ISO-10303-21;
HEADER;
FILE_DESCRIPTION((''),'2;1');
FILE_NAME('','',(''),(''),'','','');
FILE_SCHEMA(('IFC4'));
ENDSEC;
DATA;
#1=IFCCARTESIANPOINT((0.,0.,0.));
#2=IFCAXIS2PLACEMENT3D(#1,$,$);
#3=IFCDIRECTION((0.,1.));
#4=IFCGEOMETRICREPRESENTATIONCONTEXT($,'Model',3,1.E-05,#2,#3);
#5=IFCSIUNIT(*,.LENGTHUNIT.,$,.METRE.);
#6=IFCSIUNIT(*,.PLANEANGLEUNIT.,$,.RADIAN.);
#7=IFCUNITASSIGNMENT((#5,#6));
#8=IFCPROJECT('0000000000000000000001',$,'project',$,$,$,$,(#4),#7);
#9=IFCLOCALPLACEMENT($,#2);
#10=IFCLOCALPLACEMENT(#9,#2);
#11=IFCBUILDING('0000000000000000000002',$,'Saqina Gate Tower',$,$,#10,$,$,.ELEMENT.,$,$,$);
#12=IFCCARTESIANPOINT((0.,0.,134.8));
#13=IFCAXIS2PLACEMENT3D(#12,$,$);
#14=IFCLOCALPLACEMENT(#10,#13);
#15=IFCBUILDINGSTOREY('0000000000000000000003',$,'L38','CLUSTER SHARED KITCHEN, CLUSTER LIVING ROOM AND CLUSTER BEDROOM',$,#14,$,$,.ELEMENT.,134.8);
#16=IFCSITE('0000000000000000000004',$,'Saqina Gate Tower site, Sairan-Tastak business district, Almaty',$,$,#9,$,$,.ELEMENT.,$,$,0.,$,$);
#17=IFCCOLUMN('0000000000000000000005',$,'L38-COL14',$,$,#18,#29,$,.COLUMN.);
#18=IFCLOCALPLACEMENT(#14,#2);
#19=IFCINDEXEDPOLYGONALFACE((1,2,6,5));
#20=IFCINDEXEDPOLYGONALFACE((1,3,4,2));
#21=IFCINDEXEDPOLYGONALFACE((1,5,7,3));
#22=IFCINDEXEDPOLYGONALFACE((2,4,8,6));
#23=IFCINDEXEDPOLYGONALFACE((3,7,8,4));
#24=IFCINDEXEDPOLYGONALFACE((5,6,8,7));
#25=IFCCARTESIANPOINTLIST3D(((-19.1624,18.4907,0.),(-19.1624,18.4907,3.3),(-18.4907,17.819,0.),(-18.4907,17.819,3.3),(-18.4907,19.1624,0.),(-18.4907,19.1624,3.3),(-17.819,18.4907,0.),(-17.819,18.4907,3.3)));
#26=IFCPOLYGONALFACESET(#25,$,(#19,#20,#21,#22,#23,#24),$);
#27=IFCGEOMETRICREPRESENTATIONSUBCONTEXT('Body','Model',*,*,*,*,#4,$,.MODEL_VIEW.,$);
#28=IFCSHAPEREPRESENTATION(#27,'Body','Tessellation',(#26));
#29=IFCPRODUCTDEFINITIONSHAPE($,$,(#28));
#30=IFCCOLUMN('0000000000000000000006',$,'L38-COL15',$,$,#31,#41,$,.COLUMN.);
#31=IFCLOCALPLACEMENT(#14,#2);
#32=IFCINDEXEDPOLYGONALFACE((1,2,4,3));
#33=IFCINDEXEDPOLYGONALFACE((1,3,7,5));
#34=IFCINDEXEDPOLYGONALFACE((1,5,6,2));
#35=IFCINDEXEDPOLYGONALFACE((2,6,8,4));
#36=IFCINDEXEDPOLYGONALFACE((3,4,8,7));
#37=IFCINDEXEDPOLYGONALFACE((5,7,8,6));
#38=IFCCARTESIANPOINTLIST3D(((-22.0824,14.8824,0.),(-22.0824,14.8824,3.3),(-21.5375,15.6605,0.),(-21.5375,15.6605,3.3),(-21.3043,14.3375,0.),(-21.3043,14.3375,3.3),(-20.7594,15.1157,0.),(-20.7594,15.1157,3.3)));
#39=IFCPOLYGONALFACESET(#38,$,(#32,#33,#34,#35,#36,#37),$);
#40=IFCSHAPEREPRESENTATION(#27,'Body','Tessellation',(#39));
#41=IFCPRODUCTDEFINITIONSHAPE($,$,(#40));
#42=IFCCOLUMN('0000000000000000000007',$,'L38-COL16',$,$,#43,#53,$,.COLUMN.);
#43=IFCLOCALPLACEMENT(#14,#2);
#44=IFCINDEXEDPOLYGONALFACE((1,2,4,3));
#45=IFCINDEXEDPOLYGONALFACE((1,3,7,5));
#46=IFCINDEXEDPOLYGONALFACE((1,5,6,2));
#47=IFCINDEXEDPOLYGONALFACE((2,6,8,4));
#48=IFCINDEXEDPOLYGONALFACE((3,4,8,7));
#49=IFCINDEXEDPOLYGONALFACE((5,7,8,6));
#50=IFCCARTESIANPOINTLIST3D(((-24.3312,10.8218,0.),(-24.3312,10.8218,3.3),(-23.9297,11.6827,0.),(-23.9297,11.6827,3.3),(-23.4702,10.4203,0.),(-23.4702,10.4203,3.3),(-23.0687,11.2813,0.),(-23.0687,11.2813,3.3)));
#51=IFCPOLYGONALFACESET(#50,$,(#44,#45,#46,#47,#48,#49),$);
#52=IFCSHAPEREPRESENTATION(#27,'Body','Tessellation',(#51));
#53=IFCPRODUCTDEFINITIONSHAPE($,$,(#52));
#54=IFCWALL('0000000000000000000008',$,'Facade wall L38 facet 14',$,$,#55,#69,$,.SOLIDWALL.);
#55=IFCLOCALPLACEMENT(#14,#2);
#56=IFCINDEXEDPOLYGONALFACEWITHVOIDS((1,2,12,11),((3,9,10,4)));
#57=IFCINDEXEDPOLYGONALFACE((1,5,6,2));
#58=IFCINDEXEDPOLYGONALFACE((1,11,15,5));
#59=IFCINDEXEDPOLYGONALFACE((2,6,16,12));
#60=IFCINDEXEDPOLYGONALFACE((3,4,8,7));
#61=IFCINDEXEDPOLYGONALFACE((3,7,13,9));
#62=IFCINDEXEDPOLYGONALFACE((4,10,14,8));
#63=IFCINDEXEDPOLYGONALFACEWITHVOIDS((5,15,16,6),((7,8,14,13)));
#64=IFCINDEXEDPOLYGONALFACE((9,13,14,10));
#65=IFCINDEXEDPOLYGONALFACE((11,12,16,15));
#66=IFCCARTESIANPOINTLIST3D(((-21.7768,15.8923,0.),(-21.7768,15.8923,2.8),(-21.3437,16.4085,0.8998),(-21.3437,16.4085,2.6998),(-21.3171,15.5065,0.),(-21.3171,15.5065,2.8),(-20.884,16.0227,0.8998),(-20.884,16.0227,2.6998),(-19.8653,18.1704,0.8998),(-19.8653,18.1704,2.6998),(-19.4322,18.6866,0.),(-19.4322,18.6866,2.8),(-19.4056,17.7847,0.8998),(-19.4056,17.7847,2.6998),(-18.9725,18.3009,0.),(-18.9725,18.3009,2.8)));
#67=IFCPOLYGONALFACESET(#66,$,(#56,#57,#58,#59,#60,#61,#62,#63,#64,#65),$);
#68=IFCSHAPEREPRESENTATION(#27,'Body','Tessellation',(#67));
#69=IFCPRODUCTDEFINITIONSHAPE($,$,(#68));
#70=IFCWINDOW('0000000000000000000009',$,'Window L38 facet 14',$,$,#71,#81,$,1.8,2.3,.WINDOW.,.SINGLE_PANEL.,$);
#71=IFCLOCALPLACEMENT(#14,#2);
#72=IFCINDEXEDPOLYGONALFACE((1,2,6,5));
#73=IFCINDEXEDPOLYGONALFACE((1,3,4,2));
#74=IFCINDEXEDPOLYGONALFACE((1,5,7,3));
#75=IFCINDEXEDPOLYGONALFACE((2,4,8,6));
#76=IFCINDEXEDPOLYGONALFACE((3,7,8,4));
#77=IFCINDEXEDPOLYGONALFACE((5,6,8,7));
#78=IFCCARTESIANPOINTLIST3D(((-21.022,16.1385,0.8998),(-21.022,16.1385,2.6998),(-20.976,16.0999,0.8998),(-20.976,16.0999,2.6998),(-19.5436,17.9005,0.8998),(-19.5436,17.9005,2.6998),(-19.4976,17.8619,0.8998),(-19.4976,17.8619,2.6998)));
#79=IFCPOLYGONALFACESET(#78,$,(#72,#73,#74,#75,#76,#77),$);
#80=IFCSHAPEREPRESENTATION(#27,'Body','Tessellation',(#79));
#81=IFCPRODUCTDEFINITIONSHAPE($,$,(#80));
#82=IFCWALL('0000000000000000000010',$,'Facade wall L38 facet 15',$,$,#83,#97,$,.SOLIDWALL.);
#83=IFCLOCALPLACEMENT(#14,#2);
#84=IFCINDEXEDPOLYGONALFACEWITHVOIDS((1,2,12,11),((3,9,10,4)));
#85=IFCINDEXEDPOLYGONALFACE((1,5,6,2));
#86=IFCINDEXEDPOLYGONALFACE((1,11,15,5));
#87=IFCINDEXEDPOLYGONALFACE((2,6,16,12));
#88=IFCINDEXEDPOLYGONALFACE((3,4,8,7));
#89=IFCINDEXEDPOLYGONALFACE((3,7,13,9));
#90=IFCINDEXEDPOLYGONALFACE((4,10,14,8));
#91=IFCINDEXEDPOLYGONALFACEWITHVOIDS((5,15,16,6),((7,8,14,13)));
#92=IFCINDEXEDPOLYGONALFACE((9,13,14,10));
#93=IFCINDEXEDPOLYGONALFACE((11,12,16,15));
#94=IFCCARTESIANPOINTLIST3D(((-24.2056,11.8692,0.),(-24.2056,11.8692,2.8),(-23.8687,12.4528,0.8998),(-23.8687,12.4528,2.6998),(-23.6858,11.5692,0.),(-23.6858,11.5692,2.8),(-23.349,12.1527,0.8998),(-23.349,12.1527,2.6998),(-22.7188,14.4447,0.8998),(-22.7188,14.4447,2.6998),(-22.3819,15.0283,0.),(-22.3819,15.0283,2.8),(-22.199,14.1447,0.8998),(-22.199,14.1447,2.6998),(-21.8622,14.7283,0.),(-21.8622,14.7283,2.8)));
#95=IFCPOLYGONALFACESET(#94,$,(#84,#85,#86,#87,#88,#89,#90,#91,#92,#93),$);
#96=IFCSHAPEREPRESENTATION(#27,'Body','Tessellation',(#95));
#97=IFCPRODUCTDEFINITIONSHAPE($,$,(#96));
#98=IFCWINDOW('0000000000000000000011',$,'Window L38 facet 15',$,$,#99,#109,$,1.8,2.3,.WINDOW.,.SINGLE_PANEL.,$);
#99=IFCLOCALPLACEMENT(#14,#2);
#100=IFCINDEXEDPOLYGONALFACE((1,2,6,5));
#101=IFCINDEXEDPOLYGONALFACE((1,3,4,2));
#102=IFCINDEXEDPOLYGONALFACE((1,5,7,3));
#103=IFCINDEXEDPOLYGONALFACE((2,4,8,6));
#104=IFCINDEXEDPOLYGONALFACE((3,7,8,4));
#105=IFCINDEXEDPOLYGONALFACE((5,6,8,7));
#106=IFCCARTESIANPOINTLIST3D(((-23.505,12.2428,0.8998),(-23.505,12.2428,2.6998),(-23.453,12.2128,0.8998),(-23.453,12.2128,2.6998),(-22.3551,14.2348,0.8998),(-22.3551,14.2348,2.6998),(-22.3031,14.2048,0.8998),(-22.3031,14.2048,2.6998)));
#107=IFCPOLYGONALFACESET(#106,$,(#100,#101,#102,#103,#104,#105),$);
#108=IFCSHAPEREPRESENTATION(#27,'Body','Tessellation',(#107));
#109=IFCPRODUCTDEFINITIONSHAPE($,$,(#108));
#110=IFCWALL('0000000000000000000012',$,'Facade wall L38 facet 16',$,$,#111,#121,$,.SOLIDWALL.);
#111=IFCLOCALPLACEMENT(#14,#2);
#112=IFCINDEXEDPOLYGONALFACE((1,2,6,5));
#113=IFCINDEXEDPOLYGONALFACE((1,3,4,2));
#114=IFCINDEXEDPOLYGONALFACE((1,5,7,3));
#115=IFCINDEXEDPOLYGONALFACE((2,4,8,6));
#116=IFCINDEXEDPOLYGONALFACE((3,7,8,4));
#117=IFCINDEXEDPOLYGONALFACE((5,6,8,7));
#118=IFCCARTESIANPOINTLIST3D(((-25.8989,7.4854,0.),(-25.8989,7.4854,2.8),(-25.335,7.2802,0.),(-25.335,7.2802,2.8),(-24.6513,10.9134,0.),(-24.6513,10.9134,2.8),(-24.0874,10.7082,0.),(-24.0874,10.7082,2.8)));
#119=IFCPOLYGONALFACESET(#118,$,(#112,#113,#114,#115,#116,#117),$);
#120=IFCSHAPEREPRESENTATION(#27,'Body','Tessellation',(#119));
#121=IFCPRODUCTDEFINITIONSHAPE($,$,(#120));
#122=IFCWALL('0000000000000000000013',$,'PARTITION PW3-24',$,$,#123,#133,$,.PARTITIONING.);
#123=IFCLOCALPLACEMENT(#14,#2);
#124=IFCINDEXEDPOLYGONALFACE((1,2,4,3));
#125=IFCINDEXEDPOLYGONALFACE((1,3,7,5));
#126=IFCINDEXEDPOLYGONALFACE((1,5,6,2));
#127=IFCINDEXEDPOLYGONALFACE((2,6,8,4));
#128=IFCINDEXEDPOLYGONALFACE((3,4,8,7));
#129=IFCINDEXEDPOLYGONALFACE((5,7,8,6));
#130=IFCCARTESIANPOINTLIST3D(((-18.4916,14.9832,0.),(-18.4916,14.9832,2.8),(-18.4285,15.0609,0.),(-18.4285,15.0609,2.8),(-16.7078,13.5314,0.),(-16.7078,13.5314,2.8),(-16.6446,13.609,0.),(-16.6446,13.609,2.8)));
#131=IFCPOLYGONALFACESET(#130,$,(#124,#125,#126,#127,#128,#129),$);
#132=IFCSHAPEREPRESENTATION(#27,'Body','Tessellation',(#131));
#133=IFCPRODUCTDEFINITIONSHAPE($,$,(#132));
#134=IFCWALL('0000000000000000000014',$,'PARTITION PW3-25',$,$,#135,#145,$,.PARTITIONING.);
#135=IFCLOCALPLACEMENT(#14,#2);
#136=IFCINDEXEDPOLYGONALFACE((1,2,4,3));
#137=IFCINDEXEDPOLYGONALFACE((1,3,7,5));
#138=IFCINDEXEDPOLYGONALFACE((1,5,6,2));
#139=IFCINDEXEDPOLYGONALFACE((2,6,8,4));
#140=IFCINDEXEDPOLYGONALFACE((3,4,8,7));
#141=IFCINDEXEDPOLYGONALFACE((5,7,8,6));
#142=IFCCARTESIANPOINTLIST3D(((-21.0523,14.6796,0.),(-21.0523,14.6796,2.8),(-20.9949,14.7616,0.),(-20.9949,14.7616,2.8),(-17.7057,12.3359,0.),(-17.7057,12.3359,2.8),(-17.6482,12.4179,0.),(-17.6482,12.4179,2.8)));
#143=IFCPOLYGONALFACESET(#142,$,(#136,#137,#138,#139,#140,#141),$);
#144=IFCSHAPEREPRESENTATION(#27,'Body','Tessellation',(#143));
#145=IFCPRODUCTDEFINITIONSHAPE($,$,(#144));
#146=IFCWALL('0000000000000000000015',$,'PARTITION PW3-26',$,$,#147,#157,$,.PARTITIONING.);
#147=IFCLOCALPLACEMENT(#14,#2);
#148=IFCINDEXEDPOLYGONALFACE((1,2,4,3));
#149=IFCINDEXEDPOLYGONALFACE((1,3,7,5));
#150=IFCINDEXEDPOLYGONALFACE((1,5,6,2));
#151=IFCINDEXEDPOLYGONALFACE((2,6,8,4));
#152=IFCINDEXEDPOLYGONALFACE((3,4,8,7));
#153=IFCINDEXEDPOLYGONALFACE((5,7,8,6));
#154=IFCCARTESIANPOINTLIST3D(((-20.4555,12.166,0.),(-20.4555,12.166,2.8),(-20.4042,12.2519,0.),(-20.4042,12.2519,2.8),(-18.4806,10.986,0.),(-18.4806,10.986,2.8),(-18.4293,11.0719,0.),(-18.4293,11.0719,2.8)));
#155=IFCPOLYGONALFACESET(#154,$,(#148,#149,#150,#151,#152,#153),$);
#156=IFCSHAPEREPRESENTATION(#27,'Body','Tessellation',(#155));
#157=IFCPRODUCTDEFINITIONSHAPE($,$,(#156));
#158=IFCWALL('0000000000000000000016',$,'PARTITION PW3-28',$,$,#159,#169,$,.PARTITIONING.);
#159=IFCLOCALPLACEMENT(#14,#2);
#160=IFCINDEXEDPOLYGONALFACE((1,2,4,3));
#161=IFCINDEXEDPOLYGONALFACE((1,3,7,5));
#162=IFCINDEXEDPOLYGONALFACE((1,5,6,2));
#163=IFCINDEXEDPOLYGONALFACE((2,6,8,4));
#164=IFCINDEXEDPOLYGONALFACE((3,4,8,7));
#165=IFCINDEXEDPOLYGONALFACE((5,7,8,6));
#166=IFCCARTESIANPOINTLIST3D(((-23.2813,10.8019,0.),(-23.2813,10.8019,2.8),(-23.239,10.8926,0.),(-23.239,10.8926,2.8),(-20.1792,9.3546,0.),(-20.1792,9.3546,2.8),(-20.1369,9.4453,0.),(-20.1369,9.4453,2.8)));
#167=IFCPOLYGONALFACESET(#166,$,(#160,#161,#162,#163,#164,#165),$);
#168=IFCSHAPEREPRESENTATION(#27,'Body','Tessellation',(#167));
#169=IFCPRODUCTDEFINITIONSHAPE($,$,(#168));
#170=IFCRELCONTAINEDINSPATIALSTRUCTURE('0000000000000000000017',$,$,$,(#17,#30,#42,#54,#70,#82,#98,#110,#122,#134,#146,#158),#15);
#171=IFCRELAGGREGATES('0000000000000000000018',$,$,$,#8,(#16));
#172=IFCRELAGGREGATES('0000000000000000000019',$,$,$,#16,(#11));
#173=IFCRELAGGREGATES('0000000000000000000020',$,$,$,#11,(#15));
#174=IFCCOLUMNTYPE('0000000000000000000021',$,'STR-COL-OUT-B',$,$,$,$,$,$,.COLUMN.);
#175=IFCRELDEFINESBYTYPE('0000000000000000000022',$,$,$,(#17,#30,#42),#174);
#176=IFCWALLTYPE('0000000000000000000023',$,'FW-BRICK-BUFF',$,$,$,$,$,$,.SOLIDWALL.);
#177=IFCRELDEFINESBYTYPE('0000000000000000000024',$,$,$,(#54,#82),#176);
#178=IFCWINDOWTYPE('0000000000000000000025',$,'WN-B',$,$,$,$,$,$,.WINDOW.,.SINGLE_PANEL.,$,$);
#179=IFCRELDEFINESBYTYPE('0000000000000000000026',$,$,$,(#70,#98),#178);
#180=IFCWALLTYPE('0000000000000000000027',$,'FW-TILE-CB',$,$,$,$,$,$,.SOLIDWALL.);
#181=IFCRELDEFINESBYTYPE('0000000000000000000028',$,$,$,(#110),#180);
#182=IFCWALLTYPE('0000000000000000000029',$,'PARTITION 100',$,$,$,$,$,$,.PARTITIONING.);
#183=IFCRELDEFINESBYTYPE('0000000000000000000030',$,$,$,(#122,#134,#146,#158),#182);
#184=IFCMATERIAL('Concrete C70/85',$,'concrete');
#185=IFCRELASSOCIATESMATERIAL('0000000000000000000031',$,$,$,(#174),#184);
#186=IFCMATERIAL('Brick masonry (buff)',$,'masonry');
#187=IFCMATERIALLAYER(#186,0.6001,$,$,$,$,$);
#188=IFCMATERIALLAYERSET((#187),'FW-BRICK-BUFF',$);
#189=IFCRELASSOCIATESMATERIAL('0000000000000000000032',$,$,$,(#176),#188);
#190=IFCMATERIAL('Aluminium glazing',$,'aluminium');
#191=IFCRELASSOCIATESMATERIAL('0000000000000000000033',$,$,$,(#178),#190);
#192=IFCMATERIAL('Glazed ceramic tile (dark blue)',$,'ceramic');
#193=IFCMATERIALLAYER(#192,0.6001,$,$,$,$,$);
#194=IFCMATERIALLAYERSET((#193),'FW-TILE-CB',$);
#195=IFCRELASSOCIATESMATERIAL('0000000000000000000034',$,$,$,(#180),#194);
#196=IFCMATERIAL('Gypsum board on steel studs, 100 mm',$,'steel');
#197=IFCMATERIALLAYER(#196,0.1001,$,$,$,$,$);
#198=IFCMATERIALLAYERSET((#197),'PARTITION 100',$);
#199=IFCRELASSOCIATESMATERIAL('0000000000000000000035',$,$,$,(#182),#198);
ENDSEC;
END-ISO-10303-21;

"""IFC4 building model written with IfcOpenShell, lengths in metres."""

from ifc_helpers import new_model, si_unit, direction, frame, frame_2d, origin, origin_2d, place, context, subcontext, project, spatial, rectangle, extrude, material, layer, layer_set, material_profile, profile_set, type_object, element, fill, save


model = new_model("IFC4")

# Units and contexts
model_context = context("Model", 3, precision=1e-05, world=origin(), true_north=direction((0.0, 1.0)))
body_context = subcontext(model_context, "Body", "Model", "MODEL_VIEW")
ifc_project = project(units=[si_unit("LENGTHUNIT", "METRE"), si_unit("PLANEANGLEUNIT", "RADIAN")], contexts=[model_context])

# Site, building, storey
site_placement = place(None, origin())
site = spatial("IfcSite", under=ifc_project, at=site_placement, Name="Saqina Gate Tower site, Sairan-Tastak business district, Almaty", CompositionType="ELEMENT", RefElevation=0.0)
building_placement = place(site_placement, origin())
building = spatial("IfcBuilding", under=site, at=building_placement, Name="Saqina Gate Tower", CompositionType="ELEMENT")
storey_placement = place(building_placement, frame((0.0, 0.0, 134.8)))
storey = spatial("IfcBuildingStorey", under=building, at=storey_placement, Name="L38", Description="CLUSTER SHARED KITCHEN, CLUSTER LIVING ROOM AND CLUSTER BEDROOM", CompositionType="ELEMENT", Elevation=134.8)

# Columns
ifc_material_1 = material(Name="Concrete C70/85", Category="concrete")
ifc_material_profile = material_profile(ifc_material_1, rectangle(XDim=0.95, YDim=0.95, at=origin_2d()), Name="RC 950x950")
ifc_profile_set = profile_set([ifc_material_profile], Name="Concrete C70/85")
column_type = type_object("IfcColumnType", Name="STR-COL-OUT-B", PredefinedType="COLUMN", material=ifc_profile_set)
for number, where, z_axis, x_axis, name in (
    (1, (-18.4907, 18.4907, 0.0), (0.0, 0.0, 1.0), (-0.707107, 0.707107, 0.0), "L38-COL14"),
    (2, (-21.4209, 14.999, 0.0), (0.0, 0.0, 1.0), (-0.819152, 0.573576, 0.0), "L38-COL15"),
    (3, (-23.7, 11.0515, 0.0), (0.0, 0.0, 1.0), (-0.906308, 0.422618, 0.0), "L38-COL16"),
):
    element("IfcColumn", number, at=place(storey_placement, frame(where, z_axis=z_axis, x_axis=x_axis)), inside=storey, type_object=column_type, Name=name, PredefinedType="COLUMN", context=body_context, shape_type="SweptSolid", body=[
        extrude(rectangle(XDim=0.95, YDim=0.95, at=origin_2d()), origin(), (0.0, 0.0, 1.0), 3.3),
    ])

# Walls, openings, windows
ifc_material_2 = material(Name="Brick masonry (buff)", Category="masonry")
ifc_layer_1 = layer(ifc_material_2, 0.6001)
ifc_layer_set_1 = layer_set([ifc_layer_1], Name="FW-BRICK-BUFF")
wall_type_1 = type_object("IfcWallType", Name="FW-BRICK-BUFF", PredefinedType="SOLIDWALL", material=ifc_layer_set_1)
wall_1_placement = place(storey_placement, frame((-19.2024, 18.4937, 0.0), z_axis=(0.0, 0.0, 1.0), x_axis=(-0.642774, -0.766055, 0.0)))
wall_1 = element("IfcWall", 4, at=wall_1_placement, inside=storey, type_object=wall_type_1, Name="Facade wall L38 facet 14", PredefinedType="SOLIDWALL", context=body_context, shape_type="SweptSolid", body=[
    extrude(rectangle(XDim=3.6477, YDim=0.6001, at=frame_2d((1.8237, 0.0))), origin(), (0.0, 0.0, 1.0), 2.8),
])
opening_1_placement = place(wall_1_placement, frame((0.6738, 0.0, 0.8999)))
opening_1 = element("IfcOpeningElement", 5, at=opening_1_placement, cuts=wall_1, PredefinedType="OPENING", context=body_context, shape_type="SweptSolid", body=[
    extrude(rectangle(XDim=2.3, YDim=1.8, at=frame_2d((1.1499, 0.8999))), frame((0.0, 0.312, 0.0), z_axis=(0.0, -1.0, 0.0), x_axis=(1.0, 0.0, 0.0)), (0.0, 0.0, 1.0), 0.624),
])
ifc_material_3 = material(Name="Aluminium glazing", Category="aluminium")
window_type = type_object("IfcWindowType", Name="WN-B", PartitioningType="SINGLE_PANEL", PredefinedType="WINDOW", material=ifc_material_3)
window_1_placement = place(opening_1_placement, origin())
window_1 = element("IfcWindow", 6, at=window_1_placement, inside=storey, type_object=window_type, Name="Window L38 facet 14", OverallHeight=1.8, OverallWidth=2.3, PartitioningType="SINGLE_PANEL", PredefinedType="WINDOW", context=body_context, shape_type="SweptSolid", body=[
    extrude(rectangle(XDim=2.3, YDim=1.8, at=frame_2d((1.1499, 0.8999))), frame((0.0, 0.1799, 0.0), z_axis=(0.0, -1.0, 0.0), x_axis=(1.0, 0.0, 0.0)), (0.0, 0.0, 1.0), 0.0601),
])
fill(opening_1, window_1)
wall_2_placement = place(storey_placement, frame((-22.1221, 14.8782, 0.0), z_axis=(0.0, 0.0, 1.0), x_axis=(-0.499954, -0.866052, 0.0)))
wall_2 = element("IfcWall", 7, at=wall_2_placement, inside=storey, type_object=wall_type_1, Name="Facade wall L38 facet 15", PredefinedType="SOLIDWALL", context=body_context, shape_type="SweptSolid", body=[
    extrude(rectangle(XDim=3.6477, YDim=0.6001, at=frame_2d((1.8237, 0.0))), origin(), (0.0, 0.0, 1.0), 2.8),
])
opening_2_placement = place(wall_2_placement, frame((0.6738, 0.0, 0.8999)))
opening_2 = element("IfcOpeningElement", 8, at=opening_2_placement, cuts=wall_2, PredefinedType="OPENING", context=body_context, shape_type="SweptSolid", body=[
    extrude(rectangle(XDim=2.3, YDim=1.8, at=frame_2d((1.1499, 0.8999))), frame((0.0, 0.312, 0.0), z_axis=(0.0, -1.0, 0.0), x_axis=(1.0, 0.0, 0.0)), (0.0, 0.0, 1.0), 0.624),
])
window_2_placement = place(opening_2_placement, origin())
window_2 = element("IfcWindow", 9, at=window_2_placement, inside=storey, type_object=window_type, Name="Window L38 facet 15", OverallHeight=1.8, OverallWidth=2.3, PartitioningType="SINGLE_PANEL", PredefinedType="WINDOW", context=body_context, shape_type="SweptSolid", body=[
    extrude(rectangle(XDim=2.3, YDim=1.8, at=frame_2d((1.1499, 0.8999))), frame((0.0, 0.1799, 0.0), z_axis=(0.0, -1.0, 0.0), x_axis=(1.0, 0.0, 0.0)), (0.0, 0.0, 1.0), 0.0601),
])
fill(opening_2, window_2)

# Walls
ifc_material_4 = material(Name="Glazed ceramic tile (dark blue)", Category="ceramic")
ifc_layer_2 = layer(ifc_material_4, 0.6001)
ifc_layer_set_2 = layer_set([ifc_layer_2], Name="FW-TILE-CB")
wall_type_2 = type_object("IfcWallType", Name="FW-TILE-CB", PredefinedType="SOLIDWALL", material=ifc_layer_set_2)
wall_3_placement = place(storey_placement, frame((-24.3694, 10.8108, 0.0), z_axis=(0.0, 0.0, 1.0), x_axis=(-0.34199, -0.939704, 0.0)))
element("IfcWall", 10, at=wall_3_placement, inside=storey, type_object=wall_type_2, Name="Facade wall L38 facet 16", PredefinedType="SOLIDWALL", context=body_context, shape_type="SweptSolid", body=[
    extrude(rectangle(XDim=3.6479, YDim=0.6001, at=frame_2d((1.824, 0.0))), origin(), (0.0, 0.0, 1.0), 2.8),
])
ifc_material_5 = material(Name="Gypsum board on steel studs, 100 mm", Category="steel")
ifc_layer_3 = layer(ifc_material_5, 0.1001)
ifc_layer_set_3 = layer_set([ifc_layer_3], Name="PARTITION 100")
wall_type_3 = type_object("IfcWallType", Name="PARTITION 100", PredefinedType="PARTITIONING", material=ifc_layer_set_3)
wall_4_placement = place(storey_placement, frame((-18.46, 15.022, 0.0), z_axis=(0.0, 0.0, 1.0), x_axis=(0.775591, -0.631236, 0.0)))
element("IfcWall", 11, at=wall_4_placement, inside=storey, type_object=wall_type_3, Name="PARTITION PW3-24", PredefinedType="PARTITIONING", context=body_context, shape_type="SweptSolid", body=[
    extrude(rectangle(XDim=2.3, YDim=0.1001, at=frame_2d((1.1499, 0.0))), origin(), (0.0, 0.0, 1.0), 2.8),
])
wall_5_placement = place(storey_placement, frame((-21.0237, 14.7207, 0.0), z_axis=(0.0, 0.0, 1.0), x_axis=(0.819108, -0.573639, 0.0)))
element("IfcWall", 12, at=wall_5_placement, inside=storey, type_object=wall_type_3, Name="PARTITION PW3-25", PredefinedType="PARTITIONING", context=body_context, shape_type="SweptSolid", body=[
    extrude(rectangle(XDim=4.0857, YDim=0.1001, at=frame_2d((2.043, 0.0))), origin(), (0.0, 0.0, 1.0), 2.8),
])
wall_6_placement = place(storey_placement, frame((-20.4299, 12.209, 0.0), z_axis=(0.0, 0.0, 1.0), x_axis=(0.858447, -0.512903, 0.0)))
element("IfcWall", 13, at=wall_6_placement, inside=storey, type_object=wall_type_3, Name="PARTITION PW3-26", PredefinedType="PARTITIONING", context=body_context, shape_type="SweptSolid", body=[
    extrude(rectangle(XDim=2.3005, YDim=0.1001, at=frame_2d((1.1504, 0.0))), origin(), (0.0, 0.0, 1.0), 2.8),
])
wall_7_placement = place(storey_placement, frame((-23.26, 10.8472, 0.0), z_axis=(0.0, 0.0, 1.0), x_axis=(0.906223, -0.4228, 0.0)))
element("IfcWall", 14, at=wall_7_placement, inside=storey, type_object=wall_type_3, Name="PARTITION PW3-28", PredefinedType="PARTITIONING", context=body_context, shape_type="SweptSolid", body=[
    extrude(rectangle(XDim=3.4231, YDim=0.1001, at=frame_2d((1.7114, 0.0))), origin(), (0.0, 0.0, 1.0), 2.8),
])

save(model, "model.ifc")
